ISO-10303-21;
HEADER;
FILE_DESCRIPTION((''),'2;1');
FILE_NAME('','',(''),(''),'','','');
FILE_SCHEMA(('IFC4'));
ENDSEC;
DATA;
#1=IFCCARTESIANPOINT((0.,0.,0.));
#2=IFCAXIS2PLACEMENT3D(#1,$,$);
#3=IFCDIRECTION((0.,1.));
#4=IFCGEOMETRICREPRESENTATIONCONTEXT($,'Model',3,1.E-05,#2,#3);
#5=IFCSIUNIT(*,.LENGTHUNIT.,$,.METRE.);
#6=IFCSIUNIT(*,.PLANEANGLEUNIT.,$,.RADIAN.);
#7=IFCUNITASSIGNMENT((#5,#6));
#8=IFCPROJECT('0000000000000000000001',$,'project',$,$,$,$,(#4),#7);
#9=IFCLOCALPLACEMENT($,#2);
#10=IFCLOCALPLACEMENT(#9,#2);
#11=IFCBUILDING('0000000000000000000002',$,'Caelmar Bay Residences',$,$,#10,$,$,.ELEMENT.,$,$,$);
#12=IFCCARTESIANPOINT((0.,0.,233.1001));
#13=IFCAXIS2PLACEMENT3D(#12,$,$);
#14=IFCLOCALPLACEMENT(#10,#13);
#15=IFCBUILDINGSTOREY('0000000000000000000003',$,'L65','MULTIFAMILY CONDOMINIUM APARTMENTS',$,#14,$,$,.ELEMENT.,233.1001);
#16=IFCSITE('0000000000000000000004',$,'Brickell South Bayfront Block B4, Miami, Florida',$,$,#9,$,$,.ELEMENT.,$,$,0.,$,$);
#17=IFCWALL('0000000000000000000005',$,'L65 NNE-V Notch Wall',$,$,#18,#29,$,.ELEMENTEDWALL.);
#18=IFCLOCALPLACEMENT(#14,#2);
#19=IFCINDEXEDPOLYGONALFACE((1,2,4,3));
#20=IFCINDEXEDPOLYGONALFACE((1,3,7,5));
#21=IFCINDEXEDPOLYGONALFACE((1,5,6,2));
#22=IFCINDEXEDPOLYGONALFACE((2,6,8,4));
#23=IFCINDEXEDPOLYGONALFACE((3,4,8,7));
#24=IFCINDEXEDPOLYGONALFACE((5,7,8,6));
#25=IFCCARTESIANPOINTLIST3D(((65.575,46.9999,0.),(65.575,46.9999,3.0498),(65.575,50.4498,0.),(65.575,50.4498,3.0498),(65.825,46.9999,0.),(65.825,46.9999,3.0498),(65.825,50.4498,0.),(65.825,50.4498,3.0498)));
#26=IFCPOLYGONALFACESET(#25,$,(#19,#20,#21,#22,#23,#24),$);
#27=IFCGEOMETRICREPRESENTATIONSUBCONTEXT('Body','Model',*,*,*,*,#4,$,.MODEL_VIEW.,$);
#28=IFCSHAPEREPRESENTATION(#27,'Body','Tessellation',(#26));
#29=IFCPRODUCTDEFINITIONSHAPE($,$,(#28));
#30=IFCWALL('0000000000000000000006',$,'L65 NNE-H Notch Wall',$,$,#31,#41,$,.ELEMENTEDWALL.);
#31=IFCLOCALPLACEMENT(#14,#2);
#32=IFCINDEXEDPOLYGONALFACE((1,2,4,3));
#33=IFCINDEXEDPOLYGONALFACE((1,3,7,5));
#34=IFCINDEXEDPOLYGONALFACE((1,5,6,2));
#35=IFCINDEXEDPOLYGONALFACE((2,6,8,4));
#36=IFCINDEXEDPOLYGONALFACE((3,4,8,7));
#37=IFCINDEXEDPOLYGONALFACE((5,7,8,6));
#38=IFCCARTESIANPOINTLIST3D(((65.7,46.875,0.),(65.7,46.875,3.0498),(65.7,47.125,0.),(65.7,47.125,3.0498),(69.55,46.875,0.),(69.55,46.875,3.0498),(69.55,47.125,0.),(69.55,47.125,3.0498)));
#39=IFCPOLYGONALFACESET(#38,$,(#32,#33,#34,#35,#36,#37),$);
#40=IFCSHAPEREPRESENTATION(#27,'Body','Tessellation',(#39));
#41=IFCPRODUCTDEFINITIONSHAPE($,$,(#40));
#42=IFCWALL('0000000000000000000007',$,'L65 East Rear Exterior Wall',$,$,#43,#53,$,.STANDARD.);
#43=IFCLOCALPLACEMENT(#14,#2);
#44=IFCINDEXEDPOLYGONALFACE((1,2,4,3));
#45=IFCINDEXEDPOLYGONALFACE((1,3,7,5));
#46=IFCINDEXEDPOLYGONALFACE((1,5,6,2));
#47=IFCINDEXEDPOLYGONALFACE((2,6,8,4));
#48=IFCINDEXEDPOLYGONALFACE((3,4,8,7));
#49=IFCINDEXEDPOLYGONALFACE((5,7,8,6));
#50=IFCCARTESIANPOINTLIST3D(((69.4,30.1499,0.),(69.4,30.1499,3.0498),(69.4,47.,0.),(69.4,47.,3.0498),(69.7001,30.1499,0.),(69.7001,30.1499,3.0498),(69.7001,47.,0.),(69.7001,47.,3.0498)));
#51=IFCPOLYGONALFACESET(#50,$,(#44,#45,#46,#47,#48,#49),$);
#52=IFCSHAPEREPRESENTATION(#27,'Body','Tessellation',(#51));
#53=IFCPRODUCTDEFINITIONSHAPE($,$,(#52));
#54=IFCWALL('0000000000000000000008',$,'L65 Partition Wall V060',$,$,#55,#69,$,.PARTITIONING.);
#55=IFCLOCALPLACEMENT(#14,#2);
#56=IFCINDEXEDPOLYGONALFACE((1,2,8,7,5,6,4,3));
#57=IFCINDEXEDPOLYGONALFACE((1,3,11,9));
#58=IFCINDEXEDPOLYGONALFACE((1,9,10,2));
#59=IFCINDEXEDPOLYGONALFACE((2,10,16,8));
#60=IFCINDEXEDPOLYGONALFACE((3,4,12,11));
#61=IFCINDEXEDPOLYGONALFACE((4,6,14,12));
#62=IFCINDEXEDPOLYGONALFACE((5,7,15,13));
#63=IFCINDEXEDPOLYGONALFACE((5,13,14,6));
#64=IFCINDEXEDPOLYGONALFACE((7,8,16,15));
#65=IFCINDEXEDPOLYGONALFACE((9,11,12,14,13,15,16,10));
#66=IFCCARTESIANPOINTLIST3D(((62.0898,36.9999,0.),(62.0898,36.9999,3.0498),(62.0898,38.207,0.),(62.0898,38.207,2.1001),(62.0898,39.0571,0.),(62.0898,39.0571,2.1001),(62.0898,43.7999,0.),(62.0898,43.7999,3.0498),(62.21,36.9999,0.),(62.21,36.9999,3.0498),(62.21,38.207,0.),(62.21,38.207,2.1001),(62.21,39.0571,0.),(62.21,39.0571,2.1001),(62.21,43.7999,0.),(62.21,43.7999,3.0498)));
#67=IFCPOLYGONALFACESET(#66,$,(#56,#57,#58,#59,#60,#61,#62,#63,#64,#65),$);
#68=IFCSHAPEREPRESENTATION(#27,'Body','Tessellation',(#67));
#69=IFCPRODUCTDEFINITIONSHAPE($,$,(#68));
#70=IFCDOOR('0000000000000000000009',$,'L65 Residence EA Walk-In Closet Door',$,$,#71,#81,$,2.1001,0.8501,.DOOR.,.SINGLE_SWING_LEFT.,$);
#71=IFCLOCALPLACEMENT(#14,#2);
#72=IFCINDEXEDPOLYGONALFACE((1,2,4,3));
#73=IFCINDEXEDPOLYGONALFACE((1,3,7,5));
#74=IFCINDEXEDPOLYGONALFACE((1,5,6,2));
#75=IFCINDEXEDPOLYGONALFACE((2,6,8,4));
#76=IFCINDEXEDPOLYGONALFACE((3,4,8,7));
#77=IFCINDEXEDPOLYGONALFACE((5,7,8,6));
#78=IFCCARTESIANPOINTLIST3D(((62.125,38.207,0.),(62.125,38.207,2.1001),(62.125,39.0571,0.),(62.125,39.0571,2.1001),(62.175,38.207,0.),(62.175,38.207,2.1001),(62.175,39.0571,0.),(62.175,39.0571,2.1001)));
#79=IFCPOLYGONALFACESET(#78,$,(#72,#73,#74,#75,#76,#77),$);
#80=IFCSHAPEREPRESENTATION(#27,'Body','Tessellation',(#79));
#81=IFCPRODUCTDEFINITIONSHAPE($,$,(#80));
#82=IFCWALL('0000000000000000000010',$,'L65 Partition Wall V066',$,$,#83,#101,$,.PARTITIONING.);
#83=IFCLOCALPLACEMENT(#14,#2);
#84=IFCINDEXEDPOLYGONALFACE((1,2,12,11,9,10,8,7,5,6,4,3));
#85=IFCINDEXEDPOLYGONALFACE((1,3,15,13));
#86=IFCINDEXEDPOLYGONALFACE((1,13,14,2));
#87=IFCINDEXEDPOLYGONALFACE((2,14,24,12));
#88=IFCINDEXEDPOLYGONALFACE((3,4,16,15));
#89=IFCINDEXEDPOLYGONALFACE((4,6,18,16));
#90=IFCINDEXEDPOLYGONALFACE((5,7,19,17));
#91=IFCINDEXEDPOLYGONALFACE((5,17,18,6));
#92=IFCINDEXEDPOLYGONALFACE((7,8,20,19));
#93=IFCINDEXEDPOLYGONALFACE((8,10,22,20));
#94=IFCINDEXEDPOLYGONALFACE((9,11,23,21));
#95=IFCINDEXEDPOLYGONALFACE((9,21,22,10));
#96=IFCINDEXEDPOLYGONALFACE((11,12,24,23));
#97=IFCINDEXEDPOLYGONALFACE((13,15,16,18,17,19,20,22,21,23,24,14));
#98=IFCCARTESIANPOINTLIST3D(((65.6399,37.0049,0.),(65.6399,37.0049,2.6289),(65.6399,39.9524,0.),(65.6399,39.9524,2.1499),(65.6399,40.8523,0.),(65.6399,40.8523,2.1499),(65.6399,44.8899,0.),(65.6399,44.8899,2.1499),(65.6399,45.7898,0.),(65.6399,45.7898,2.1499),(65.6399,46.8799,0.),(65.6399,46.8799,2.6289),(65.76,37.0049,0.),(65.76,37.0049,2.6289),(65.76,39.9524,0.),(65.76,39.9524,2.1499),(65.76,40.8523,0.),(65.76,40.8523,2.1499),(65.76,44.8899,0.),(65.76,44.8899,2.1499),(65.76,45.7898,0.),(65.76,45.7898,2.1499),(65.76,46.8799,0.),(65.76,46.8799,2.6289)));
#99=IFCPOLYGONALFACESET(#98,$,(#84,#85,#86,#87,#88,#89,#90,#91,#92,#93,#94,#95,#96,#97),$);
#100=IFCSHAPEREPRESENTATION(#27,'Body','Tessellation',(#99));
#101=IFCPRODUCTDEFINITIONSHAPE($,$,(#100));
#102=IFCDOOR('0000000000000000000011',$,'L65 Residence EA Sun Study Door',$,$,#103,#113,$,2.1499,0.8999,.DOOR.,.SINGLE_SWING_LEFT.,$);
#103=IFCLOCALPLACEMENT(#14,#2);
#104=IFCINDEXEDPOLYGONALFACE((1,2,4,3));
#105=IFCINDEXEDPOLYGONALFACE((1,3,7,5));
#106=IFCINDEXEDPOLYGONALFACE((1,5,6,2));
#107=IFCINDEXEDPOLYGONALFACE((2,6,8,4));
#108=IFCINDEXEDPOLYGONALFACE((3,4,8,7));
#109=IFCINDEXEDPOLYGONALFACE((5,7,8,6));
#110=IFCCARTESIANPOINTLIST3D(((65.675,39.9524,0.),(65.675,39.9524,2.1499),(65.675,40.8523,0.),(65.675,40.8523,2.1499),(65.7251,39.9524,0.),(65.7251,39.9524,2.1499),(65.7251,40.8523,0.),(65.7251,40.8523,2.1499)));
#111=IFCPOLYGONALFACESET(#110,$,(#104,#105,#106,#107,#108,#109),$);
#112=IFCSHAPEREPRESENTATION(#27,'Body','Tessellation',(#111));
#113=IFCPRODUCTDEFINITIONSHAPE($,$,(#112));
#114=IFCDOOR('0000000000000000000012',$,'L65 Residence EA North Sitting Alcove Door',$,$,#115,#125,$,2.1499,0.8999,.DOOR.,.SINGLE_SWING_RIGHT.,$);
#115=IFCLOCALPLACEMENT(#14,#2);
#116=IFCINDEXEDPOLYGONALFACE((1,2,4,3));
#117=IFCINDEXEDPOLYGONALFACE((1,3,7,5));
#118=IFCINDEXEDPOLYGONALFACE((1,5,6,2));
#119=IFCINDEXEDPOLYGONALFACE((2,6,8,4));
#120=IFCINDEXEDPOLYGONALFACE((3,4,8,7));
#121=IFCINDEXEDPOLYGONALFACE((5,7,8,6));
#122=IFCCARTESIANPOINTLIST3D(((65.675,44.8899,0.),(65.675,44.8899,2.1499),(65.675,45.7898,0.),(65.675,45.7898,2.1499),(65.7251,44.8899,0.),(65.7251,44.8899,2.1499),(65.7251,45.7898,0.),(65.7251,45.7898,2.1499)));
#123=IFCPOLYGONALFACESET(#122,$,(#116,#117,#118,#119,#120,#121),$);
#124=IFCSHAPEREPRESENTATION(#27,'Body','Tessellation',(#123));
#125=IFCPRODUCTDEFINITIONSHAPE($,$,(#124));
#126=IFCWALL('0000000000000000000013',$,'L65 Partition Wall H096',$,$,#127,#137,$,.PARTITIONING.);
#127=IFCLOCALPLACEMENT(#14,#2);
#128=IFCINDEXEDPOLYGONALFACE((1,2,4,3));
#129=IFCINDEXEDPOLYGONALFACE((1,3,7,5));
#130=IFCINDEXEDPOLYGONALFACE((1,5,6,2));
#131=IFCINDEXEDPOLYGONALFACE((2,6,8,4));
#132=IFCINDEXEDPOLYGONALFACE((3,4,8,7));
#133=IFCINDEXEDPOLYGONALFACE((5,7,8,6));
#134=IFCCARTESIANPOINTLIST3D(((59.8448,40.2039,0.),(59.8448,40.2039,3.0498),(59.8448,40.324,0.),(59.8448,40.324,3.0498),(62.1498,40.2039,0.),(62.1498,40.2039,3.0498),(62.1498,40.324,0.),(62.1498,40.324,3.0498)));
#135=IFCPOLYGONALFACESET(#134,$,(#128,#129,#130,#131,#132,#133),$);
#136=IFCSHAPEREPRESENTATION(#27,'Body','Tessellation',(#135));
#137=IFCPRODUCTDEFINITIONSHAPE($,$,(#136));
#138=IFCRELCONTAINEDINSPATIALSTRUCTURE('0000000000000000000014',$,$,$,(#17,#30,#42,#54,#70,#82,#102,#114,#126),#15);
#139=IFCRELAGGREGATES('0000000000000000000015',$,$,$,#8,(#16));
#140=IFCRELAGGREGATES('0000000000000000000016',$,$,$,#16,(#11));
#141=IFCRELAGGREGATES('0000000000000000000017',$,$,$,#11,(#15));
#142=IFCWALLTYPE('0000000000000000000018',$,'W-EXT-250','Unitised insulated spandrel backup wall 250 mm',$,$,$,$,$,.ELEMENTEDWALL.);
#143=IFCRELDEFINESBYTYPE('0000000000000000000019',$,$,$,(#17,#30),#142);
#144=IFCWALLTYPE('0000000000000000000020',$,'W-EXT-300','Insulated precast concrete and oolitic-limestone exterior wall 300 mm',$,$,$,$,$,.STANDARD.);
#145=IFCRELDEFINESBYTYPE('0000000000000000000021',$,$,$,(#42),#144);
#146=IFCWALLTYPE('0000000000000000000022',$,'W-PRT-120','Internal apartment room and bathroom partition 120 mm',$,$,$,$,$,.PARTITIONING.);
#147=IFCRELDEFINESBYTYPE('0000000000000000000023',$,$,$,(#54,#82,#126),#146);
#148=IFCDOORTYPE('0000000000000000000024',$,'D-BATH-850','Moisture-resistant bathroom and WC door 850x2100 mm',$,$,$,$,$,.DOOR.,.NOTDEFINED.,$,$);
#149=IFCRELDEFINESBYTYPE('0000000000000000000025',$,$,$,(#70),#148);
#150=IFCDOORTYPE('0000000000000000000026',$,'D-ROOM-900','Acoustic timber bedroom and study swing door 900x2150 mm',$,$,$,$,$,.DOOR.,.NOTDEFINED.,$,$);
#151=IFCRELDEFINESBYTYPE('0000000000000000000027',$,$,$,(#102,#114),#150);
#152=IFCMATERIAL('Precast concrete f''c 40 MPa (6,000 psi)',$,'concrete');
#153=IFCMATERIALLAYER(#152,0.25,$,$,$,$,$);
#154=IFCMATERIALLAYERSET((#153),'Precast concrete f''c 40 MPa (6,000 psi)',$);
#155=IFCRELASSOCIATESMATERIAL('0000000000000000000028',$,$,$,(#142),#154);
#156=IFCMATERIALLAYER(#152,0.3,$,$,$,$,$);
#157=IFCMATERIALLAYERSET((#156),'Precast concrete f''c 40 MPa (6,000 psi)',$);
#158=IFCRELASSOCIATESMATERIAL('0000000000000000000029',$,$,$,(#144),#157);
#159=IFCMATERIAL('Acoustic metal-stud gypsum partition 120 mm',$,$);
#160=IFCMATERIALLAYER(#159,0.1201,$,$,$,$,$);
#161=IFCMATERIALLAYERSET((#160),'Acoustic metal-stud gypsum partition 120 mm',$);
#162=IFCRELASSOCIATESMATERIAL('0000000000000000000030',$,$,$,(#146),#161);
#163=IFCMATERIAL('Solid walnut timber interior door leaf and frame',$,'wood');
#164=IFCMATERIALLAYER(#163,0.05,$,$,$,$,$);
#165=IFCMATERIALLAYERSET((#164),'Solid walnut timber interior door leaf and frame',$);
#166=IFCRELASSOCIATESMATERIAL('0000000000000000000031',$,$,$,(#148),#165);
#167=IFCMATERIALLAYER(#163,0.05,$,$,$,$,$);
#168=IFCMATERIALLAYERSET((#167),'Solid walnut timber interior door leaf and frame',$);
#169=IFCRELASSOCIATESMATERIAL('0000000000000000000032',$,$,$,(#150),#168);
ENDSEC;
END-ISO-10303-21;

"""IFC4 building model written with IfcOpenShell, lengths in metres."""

from ifc_helpers import new_model, si_unit, direction, frame, frame_2d, origin, place, context, subcontext, project, spatial, rectangle, extrude, material, layer, layer_set, type_object, element, fill, save


model = new_model("IFC4")

# Units and contexts
model_context = context("Model", 3, precision=1e-05, world=origin(), true_north=direction((0.0, 1.0)))
body_context = subcontext(model_context, "Body", "Model", "MODEL_VIEW")
ifc_project = project(units=[si_unit("LENGTHUNIT", "METRE"), si_unit("PLANEANGLEUNIT", "RADIAN")], contexts=[model_context])

# Site, building, storey
site_placement = place(None, origin())
site = spatial("IfcSite", under=ifc_project, at=site_placement, Name="Brickell South Bayfront Block B4, Miami, Florida", CompositionType="ELEMENT", RefElevation=0.0)
building_placement = place(site_placement, origin())
building = spatial("IfcBuilding", under=site, at=building_placement, Name="Caelmar Bay Residences", CompositionType="ELEMENT")
storey_placement = place(building_placement, frame((0.0, 0.0, 233.1001)))
storey = spatial("IfcBuildingStorey", under=building, at=storey_placement, Name="L65", Description="MULTIFAMILY CONDOMINIUM APARTMENTS", CompositionType="ELEMENT", Elevation=233.1001)

# Walls
ifc_material_1 = material(Name="Precast concrete f'c 40 MPa (6,000 psi)", Category="concrete")
ifc_layer_1 = layer(ifc_material_1, 0.25)
ifc_layer_set_1 = layer_set([ifc_layer_1], Name="Precast concrete f'c 40 MPa (6,000 psi)")
wall_type_1 = type_object("IfcWallType", Name="W-EXT-250", Description="Unitised insulated spandrel backup wall 250 mm", PredefinedType="ELEMENTEDWALL", material=ifc_layer_set_1)
wall_1_placement = place(storey_placement, frame((65.7, 50.45, 0.0), z_axis=(0.0, 0.0, 1.0), x_axis=(0.0, -1.0, 0.0)))
element("IfcWall", 1, at=wall_1_placement, inside=storey, type_object=wall_type_1, Name="L65 NNE-V Notch Wall", PredefinedType="ELEMENTEDWALL", context=body_context, shape_type="SweptSolid", body=[
    extrude(rectangle(XDim=3.45, YDim=0.25, at=frame_2d((1.7251, 0.0))), origin(), (0.0, 0.0, 1.0), 3.0498),
])
wall_2_placement = place(storey_placement, frame((65.7, 47.0, 0.0), z_axis=(0.0, 0.0, 1.0), x_axis=(1.0, 0.0, 0.0)))
element("IfcWall", 2, at=wall_2_placement, inside=storey, type_object=wall_type_1, Name="L65 NNE-H Notch Wall", PredefinedType="ELEMENTEDWALL", context=body_context, shape_type="SweptSolid", body=[
    extrude(rectangle(XDim=3.8501, YDim=0.25, at=frame_2d((1.925, 0.0))), origin(), (0.0, 0.0, 1.0), 3.0498),
])
ifc_layer_2 = layer(ifc_material_1, 0.3)
ifc_layer_set_2 = layer_set([ifc_layer_2], Name="Precast concrete f'c 40 MPa (6,000 psi)")
wall_type_2 = type_object("IfcWallType", Name="W-EXT-300", Description="Insulated precast concrete and oolitic-limestone exterior wall 300 mm", PredefinedType="STANDARD", material=ifc_layer_set_2)
wall_3_placement = place(storey_placement, frame((69.55, 47.0, 0.0), z_axis=(0.0, 0.0, 1.0), x_axis=(0.0, -1.0, 0.0)))
element("IfcWall", 3, at=wall_3_placement, inside=storey, type_object=wall_type_2, Name="L65 East Rear Exterior Wall", PredefinedType="STANDARD", context=body_context, shape_type="SweptSolid", body=[
    extrude(rectangle(XDim=16.8501, YDim=0.3, at=frame_2d((8.425, 0.0))), origin(), (0.0, 0.0, 1.0), 3.0498),
])

# Wall, opening, door
ifc_material_2 = material(Name="Acoustic metal-stud gypsum partition 120 mm")
ifc_layer_3 = layer(ifc_material_2, 0.1201)
ifc_layer_set_3 = layer_set([ifc_layer_3], Name="Acoustic metal-stud gypsum partition 120 mm")
wall_type_3 = type_object("IfcWallType", Name="W-PRT-120", Description="Internal apartment room and bathroom partition 120 mm", PredefinedType="PARTITIONING", material=ifc_layer_set_3)
wall_4_placement = place(storey_placement, frame((62.1499, 37.0, 0.0), z_axis=(0.0, 0.0, 1.0), x_axis=(0.0, 1.0, 0.0)))
wall_4 = element("IfcWall", 4, at=wall_4_placement, inside=storey, type_object=wall_type_3, Name="L65 Partition Wall V060", PredefinedType="PARTITIONING", context=body_context, shape_type="SweptSolid", body=[
    extrude(rectangle(XDim=6.8, YDim=0.1201, at=frame_2d((3.3999, 0.0))), origin(), (0.0, 0.0, 1.0), 3.0498),
])
opening_1_placement = place(wall_4_placement, frame((1.207, 0.0, 0.0)))
opening_1 = element("IfcOpeningElement", 5, at=opening_1_placement, cuts=wall_4, PredefinedType="OPENING", context=body_context, shape_type="SweptSolid", body=[
    extrude(rectangle(XDim=0.8501, YDim=2.1001, at=frame_2d((0.425, 1.05))), frame((0.0, 0.0701, 0.0), z_axis=(0.0, -1.0, 0.0), x_axis=(1.0, 0.0, 0.0)), (0.0, 0.0, 1.0), 0.1401),
])
ifc_material_3 = material(Name="Solid walnut timber interior door leaf and frame", Category="wood")
ifc_layer_4 = layer(ifc_material_3, 0.05)
ifc_layer_set_4 = layer_set([ifc_layer_4], Name="Solid walnut timber interior door leaf and frame")
door_type_1 = type_object("IfcDoorType", Name="D-BATH-850", Description="Moisture-resistant bathroom and WC door 850x2100 mm", OperationType="NOTDEFINED", PredefinedType="DOOR", material=ifc_layer_set_4)
door_1_placement = place(opening_1_placement, origin())
door_1 = element("IfcDoor", 6, at=door_1_placement, inside=storey, type_object=door_type_1, Name="L65 Residence EA Walk-In Closet Door", OperationType="SINGLE_SWING_LEFT", OverallHeight=2.1001, OverallWidth=0.8501, PredefinedType="DOOR", context=body_context, shape_type="SweptSolid", body=[
    extrude(rectangle(XDim=0.8501, YDim=2.1001, at=frame_2d((0.425, 1.05))), frame((0.0, 0.0249, 0.0), z_axis=(0.0, -1.0, 0.0), x_axis=(1.0, 0.0, 0.0)), (0.0, 0.0, 1.0), 0.05),
])
fill(opening_1, door_1)

# Wall, openings, doors
wall_5_placement = place(storey_placement, frame((65.7, 37.0049, 0.0), z_axis=(0.0, 0.0, 1.0), x_axis=(0.0, 1.0, 0.0)))
wall_5 = element("IfcWall", 7, at=wall_5_placement, inside=storey, type_object=wall_type_3, Name="L65 Partition Wall V066", PredefinedType="PARTITIONING", context=body_context, shape_type="SweptSolid", body=[
    extrude(rectangle(XDim=9.875, YDim=0.1201, at=frame_2d((4.9375, 0.0))), origin(), (0.0, 0.0, 1.0), 2.6289),
])
opening_2_placement = place(wall_5_placement, frame((2.9475, 0.0, 0.0)))
opening_2 = element("IfcOpeningElement", 8, at=opening_2_placement, cuts=wall_5, PredefinedType="OPENING", context=body_context, shape_type="SweptSolid", body=[
    extrude(rectangle(XDim=0.8999, YDim=2.1499, at=frame_2d((0.45, 1.075))), frame((0.0, 0.0701, 0.0), z_axis=(0.0, -1.0, 0.0), x_axis=(1.0, 0.0, 0.0)), (0.0, 0.0, 1.0), 0.1401),
])
opening_3_placement = place(wall_5_placement, frame((7.885, 0.0, 0.0)))
opening_3 = element("IfcOpeningElement", 9, at=opening_3_placement, cuts=wall_5, PredefinedType="OPENING", context=body_context, shape_type="SweptSolid", body=[
    extrude(rectangle(XDim=0.8999, YDim=2.1499, at=frame_2d((0.45, 1.075))), frame((0.0, 0.0701, 0.0), z_axis=(0.0, -1.0, 0.0), x_axis=(1.0, 0.0, 0.0)), (0.0, 0.0, 1.0), 0.1401),
])
ifc_layer_5 = layer(ifc_material_3, 0.05)
ifc_layer_set_5 = layer_set([ifc_layer_5], Name="Solid walnut timber interior door leaf and frame")
door_type_2 = type_object("IfcDoorType", Name="D-ROOM-900", Description="Acoustic timber bedroom and study swing door 900x2150 mm", OperationType="NOTDEFINED", PredefinedType="DOOR", material=ifc_layer_set_5)
door_2_placement = place(opening_2_placement, origin())
door_2 = element("IfcDoor", 10, at=door_2_placement, inside=storey, type_object=door_type_2, Name="L65 Residence EA Sun Study Door", OperationType="SINGLE_SWING_LEFT", OverallHeight=2.1499, OverallWidth=0.8999, PredefinedType="DOOR", context=body_context, shape_type="SweptSolid", body=[
    extrude(rectangle(XDim=0.8999, YDim=2.1499, at=frame_2d((0.45, 1.075))), frame((0.0, 0.0249, 0.0), z_axis=(0.0, -1.0, 0.0), x_axis=(1.0, 0.0, 0.0)), (0.0, 0.0, 1.0), 0.05),
])
fill(opening_2, door_2)
door_3_placement = place(opening_3_placement, origin())
door_3 = element("IfcDoor", 11, at=door_3_placement, inside=storey, type_object=door_type_2, Name="L65 Residence EA North Sitting Alcove Door", OperationType="SINGLE_SWING_RIGHT", OverallHeight=2.1499, OverallWidth=0.8999, PredefinedType="DOOR", context=body_context, shape_type="SweptSolid", body=[
    extrude(rectangle(XDim=0.8999, YDim=2.1499, at=frame_2d((0.45, 1.075))), frame((0.0, 0.0249, 0.0), z_axis=(0.0, -1.0, 0.0), x_axis=(1.0, 0.0, 0.0)), (0.0, 0.0, 1.0), 0.05),
])
fill(opening_3, door_3)

# Wall
wall_6_placement = place(storey_placement, frame((59.845, 40.2639, 0.0), z_axis=(0.0, 0.0, 1.0), x_axis=(1.0, 0.0, 0.0)))
element("IfcWall", 12, at=wall_6_placement, inside=storey, type_object=wall_type_3, Name="L65 Partition Wall H096", PredefinedType="PARTITIONING", context=body_context, shape_type="SweptSolid", body=[
    extrude(rectangle(XDim=2.3049, YDim=0.1201, at=frame_2d((1.1523, 0.0))), origin(), (0.0, 0.0, 1.0), 3.0498),
])

save(model, "model.ifc")
